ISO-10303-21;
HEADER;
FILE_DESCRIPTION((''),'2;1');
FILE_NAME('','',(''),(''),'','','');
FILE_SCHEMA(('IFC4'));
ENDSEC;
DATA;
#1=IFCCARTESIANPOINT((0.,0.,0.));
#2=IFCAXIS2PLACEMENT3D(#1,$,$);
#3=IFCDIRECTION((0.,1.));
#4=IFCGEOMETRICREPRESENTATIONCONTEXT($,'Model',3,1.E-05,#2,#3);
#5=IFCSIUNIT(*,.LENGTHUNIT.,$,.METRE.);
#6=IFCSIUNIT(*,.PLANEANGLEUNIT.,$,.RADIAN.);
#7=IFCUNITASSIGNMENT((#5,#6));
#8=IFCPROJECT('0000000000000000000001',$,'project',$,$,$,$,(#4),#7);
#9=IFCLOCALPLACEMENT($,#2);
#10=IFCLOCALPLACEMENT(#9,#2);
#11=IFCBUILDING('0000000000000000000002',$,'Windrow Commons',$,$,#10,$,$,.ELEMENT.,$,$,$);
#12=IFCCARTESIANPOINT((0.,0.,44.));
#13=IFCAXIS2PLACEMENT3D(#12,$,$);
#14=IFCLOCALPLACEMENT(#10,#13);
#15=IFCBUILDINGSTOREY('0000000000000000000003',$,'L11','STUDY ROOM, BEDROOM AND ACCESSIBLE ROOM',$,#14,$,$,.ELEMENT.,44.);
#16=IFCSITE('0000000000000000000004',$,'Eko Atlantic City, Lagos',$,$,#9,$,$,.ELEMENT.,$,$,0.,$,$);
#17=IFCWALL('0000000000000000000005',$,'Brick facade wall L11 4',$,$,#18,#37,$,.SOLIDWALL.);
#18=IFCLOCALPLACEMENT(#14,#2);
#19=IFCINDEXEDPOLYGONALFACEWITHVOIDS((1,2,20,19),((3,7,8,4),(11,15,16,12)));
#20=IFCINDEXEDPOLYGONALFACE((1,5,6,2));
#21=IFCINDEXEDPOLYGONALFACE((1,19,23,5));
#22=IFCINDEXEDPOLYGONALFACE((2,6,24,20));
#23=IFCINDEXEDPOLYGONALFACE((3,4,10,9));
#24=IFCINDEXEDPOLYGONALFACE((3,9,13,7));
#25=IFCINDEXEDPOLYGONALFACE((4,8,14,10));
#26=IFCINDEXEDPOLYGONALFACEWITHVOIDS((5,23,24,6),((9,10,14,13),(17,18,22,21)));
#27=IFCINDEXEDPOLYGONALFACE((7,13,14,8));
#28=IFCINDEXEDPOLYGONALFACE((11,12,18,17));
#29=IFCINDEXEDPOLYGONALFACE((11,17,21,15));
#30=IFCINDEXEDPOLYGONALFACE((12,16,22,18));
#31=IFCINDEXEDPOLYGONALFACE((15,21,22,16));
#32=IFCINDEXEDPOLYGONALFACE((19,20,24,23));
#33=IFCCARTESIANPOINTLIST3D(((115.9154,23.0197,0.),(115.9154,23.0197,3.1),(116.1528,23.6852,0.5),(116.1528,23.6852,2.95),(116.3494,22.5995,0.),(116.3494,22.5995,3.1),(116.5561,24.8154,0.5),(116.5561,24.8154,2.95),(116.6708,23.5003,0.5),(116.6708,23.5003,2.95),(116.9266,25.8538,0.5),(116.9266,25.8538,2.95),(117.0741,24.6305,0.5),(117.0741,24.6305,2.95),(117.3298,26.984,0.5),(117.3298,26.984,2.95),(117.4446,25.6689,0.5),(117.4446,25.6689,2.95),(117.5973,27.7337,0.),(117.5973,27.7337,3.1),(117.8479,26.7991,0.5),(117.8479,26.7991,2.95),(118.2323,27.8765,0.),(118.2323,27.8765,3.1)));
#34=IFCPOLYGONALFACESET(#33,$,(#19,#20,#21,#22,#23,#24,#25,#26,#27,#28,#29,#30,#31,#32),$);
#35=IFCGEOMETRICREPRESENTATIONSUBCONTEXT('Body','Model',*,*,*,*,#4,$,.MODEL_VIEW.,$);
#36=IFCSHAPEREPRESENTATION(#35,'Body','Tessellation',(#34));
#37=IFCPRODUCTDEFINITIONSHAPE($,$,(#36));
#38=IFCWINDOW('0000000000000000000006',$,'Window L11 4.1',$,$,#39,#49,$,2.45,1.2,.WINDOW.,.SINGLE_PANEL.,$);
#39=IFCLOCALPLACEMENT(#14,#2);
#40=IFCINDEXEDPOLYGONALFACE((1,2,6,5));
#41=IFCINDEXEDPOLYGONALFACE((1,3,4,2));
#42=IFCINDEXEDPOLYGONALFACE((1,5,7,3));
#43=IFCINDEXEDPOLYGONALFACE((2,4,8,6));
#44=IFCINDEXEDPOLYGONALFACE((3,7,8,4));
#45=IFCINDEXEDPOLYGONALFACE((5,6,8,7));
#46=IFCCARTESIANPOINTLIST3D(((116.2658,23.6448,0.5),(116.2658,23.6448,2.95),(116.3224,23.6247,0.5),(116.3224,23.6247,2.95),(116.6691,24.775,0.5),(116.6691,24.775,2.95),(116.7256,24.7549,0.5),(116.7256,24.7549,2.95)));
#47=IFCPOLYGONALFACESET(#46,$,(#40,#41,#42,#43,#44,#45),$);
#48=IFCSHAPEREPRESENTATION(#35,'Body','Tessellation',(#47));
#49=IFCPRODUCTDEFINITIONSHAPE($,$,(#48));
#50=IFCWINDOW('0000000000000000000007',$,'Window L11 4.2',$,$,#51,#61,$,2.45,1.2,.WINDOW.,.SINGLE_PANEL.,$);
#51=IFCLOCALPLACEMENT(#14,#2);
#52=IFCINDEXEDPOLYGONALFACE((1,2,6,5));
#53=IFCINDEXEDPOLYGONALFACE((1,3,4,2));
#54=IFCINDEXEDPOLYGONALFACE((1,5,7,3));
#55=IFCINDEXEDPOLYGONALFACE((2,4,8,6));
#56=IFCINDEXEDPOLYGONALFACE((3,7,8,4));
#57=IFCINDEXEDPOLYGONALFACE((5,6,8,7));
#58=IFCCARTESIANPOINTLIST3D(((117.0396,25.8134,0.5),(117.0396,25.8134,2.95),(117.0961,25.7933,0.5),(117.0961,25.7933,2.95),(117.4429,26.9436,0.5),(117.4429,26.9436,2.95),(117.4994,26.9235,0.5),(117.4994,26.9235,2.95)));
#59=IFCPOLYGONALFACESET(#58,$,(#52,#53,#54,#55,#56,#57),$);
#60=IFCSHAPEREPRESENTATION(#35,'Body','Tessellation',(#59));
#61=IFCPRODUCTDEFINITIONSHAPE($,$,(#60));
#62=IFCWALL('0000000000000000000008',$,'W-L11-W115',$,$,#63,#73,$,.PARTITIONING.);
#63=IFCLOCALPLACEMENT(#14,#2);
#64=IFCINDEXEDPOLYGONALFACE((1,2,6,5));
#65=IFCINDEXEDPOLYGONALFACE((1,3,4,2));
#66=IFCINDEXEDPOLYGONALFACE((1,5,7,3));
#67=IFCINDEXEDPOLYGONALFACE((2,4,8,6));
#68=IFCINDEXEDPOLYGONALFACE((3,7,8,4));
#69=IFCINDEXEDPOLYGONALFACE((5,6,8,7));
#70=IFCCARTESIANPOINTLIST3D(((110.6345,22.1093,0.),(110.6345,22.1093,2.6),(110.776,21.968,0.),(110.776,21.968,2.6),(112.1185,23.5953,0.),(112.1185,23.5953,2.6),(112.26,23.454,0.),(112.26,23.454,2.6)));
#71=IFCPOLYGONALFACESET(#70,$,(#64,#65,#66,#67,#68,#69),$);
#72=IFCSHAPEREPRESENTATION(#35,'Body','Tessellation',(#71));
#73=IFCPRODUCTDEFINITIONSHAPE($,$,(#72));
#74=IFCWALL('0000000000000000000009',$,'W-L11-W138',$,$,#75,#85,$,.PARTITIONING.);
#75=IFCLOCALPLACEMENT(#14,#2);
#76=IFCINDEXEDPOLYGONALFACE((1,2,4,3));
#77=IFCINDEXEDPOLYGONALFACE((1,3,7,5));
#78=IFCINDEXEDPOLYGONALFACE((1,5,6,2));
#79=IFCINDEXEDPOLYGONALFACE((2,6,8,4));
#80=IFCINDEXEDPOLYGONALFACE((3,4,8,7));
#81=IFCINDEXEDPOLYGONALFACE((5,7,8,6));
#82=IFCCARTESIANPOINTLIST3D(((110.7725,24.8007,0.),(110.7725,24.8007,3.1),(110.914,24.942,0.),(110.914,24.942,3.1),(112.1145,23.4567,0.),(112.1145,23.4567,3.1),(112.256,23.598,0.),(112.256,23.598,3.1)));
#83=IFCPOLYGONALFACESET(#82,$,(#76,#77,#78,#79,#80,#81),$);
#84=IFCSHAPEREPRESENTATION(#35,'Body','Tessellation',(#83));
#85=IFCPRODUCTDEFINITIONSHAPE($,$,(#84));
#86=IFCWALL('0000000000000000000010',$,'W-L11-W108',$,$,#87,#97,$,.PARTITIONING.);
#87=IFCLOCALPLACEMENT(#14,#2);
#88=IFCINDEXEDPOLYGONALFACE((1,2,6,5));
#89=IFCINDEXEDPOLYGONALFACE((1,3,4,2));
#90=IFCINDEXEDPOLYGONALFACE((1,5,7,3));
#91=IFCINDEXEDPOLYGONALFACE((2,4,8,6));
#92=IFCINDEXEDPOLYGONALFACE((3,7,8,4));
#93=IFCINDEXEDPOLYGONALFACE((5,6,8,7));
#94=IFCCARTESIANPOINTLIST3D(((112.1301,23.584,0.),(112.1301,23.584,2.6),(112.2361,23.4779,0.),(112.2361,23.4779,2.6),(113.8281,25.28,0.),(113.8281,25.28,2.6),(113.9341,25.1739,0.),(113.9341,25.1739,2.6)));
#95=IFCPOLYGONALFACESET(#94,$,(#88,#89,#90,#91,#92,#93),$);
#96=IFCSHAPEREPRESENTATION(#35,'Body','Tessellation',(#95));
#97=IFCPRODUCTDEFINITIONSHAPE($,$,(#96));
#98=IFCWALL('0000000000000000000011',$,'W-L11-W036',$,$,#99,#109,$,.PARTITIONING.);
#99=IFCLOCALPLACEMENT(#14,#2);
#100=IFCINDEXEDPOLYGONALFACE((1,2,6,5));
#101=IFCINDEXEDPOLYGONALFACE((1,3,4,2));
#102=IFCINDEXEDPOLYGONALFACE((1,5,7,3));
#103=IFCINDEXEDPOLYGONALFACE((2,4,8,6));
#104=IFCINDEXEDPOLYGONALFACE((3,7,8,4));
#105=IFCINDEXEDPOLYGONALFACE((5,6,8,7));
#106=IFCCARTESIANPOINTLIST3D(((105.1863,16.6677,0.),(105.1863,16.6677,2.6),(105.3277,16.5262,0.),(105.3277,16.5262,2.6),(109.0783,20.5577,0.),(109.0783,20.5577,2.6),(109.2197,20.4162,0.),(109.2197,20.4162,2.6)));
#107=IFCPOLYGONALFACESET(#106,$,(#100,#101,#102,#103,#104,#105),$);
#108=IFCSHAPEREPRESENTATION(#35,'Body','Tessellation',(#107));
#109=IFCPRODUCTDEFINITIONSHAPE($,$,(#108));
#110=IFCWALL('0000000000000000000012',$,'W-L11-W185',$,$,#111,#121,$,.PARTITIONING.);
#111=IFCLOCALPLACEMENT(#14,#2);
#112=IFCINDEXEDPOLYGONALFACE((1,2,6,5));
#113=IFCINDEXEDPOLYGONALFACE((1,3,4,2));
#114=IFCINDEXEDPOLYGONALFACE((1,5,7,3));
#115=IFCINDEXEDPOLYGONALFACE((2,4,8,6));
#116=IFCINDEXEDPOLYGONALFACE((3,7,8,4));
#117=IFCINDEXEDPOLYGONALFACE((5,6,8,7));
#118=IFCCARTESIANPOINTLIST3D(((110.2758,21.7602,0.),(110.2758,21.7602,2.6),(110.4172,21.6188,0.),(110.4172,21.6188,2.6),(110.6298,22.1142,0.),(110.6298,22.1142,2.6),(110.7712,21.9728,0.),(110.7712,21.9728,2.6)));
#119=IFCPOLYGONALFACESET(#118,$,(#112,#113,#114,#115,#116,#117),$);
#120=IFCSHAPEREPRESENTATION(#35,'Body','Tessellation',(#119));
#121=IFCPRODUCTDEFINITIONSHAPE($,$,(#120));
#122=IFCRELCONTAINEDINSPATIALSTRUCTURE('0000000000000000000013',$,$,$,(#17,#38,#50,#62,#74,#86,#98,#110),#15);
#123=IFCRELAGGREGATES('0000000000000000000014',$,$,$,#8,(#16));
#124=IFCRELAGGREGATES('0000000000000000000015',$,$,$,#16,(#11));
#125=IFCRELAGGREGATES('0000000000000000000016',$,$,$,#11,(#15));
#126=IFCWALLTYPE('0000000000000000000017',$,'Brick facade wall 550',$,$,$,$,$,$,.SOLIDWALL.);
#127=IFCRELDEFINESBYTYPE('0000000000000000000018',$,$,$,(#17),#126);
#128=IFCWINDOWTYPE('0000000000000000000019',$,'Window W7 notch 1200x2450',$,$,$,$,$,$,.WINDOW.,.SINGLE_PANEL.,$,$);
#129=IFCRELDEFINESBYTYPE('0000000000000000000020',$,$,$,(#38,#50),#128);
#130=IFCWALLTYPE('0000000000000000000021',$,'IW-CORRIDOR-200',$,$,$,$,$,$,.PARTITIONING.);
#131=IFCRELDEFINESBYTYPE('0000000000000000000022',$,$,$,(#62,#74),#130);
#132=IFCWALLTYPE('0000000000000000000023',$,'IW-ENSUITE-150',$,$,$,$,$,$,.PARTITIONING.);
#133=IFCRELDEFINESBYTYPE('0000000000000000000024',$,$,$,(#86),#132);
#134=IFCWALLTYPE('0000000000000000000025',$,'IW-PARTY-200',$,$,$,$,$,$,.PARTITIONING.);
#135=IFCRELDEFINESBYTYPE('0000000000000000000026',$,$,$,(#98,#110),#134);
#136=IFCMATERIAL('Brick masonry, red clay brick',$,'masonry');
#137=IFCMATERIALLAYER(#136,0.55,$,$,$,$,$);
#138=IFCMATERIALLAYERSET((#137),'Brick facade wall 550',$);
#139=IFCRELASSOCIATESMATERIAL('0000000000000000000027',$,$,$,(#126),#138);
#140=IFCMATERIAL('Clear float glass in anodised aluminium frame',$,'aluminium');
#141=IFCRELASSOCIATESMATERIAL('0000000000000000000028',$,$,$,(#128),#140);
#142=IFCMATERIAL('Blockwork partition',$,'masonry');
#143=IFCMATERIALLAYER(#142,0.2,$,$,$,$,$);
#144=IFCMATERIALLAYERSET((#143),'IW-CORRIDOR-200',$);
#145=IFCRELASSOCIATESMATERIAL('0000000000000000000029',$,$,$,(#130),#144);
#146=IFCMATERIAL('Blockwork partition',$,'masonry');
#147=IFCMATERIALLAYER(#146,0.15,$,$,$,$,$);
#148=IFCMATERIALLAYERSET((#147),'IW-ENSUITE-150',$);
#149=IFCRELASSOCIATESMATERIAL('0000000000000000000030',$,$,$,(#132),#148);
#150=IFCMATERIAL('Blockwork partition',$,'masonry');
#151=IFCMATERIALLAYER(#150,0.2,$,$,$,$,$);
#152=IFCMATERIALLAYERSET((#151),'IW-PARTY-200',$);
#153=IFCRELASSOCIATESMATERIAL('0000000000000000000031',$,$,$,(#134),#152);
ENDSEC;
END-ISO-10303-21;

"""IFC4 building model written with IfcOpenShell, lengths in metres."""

from ifc_helpers import new_model, si_unit, direction, frame, frame_2d, origin, place, context, subcontext, project, spatial, polyline, rectangle, outline, extrude, material, layer, layer_set, type_object, element, fill, save


model = new_model("IFC4")

# Units and contexts
model_context = context("Model", 3, precision=1e-05, world=origin(), true_north=direction((0.0, 1.0)))
body_context = subcontext(model_context, "Body", "Model", "MODEL_VIEW")
ifc_project = project(units=[si_unit("LENGTHUNIT", "METRE"), si_unit("PLANEANGLEUNIT", "RADIAN")], contexts=[model_context])

# Site, building, storey
site_placement = place(None, origin())
site = spatial("IfcSite", under=ifc_project, at=site_placement, Name="Eko Atlantic City, Lagos", CompositionType="ELEMENT", RefElevation=0.0)
building_placement = place(site_placement, origin())
building = spatial("IfcBuilding", under=site, at=building_placement, Name="Windrow Commons", CompositionType="ELEMENT")
storey_placement = place(building_placement, frame((0.0, 0.0, 44.0)))
storey = spatial("IfcBuildingStorey", under=building, at=storey_placement, Name="L11", Description="STUDY ROOM, BEDROOM AND ACCESSIBLE ROOM", CompositionType="ELEMENT", Elevation=44.0)

# Shared definitions
ifc_material_1 = material(Name="Brick masonry, red clay brick", Category="masonry")
ifc_layer_1 = layer(ifc_material_1, 0.55)
ifc_layer_set_1 = layer_set([ifc_layer_1], Name="Brick facade wall 550")
wall_type_1 = type_object("IfcWallType", Name="Brick facade wall 550", PredefinedType="SOLIDWALL", material=ifc_layer_set_1)

# Shared definitions
ifc_material_2 = material(Name="Clear float glass in anodised aluminium frame", Category="aluminium")
window_type_1 = type_object("IfcWindowType", Name="Window W7 notch 1200x2450", PartitioningType="SINGLE_PANEL", PredefinedType="WINDOW", material=ifc_material_2)

# Wall, openings, windows
wall_1_placement = place(storey_placement, frame((116.1324, 22.8096, 0.0), z_axis=(0.0, 0.0, 1.0), x_axis=(0.336051, 0.941844, 0.0)))
wall_1 = element("IfcWall", 1, at=wall_1_placement, inside=storey, type_object=wall_type_1, Name="Brick facade wall L11 4", PredefinedType="SOLIDWALL", context=body_context, shape_type="SweptSolid", body=[
    extrude(outline(polyline([(-0.1249, -0.275), (5.4779, -0.275), (5.13, 0.275), (0.1249, 0.275), (-0.1249, -0.275)])), origin(), (0.0, 0.0, 1.0), 3.1),
])
opening_1_placement = place(wall_1_placement, frame((0.8315, 0.0, 0.5)))
opening_1 = element("IfcOpeningElement", 2, at=opening_1_placement, cuts=wall_1, PredefinedType="OPENING", context=body_context, shape_type="SweptSolid", body=[
    extrude(rectangle(XDim=1.2, YDim=2.45, at=frame_2d((0.6, 1.225))), frame((0.0, 0.285, 0.0), z_axis=(0.0, -1.0, 0.0), x_axis=(1.0, 0.0, 0.0)), (0.0, 0.0, 1.0), 0.57),
])
opening_2_placement = place(wall_1_placement, frame((3.134, 0.0, 0.5)))
opening_2 = element("IfcOpeningElement", 3, at=opening_2_placement, cuts=wall_1, PredefinedType="OPENING", context=body_context, shape_type="SweptSolid", body=[
    extrude(rectangle(XDim=1.2, YDim=2.45, at=frame_2d((0.6, 1.225))), frame((0.0, 0.285, 0.0), z_axis=(0.0, -1.0, 0.0), x_axis=(1.0, 0.0, 0.0)), (0.0, 0.0, 1.0), 0.57),
])
window_1_placement = place(opening_1_placement, origin())
window_1 = element("IfcWindow", 4, at=window_1_placement, inside=storey, type_object=window_type_1, Name="Window L11 4.1", OverallHeight=2.45, OverallWidth=1.2, PartitioningType="SINGLE_PANEL", PredefinedType="WINDOW", context=body_context, shape_type="SweptSolid", body=[
    extrude(rectangle(XDim=1.2, YDim=2.45, at=frame_2d((0.6, 1.225))), frame((0.0, 0.155, 0.0), z_axis=(0.0, -1.0, 0.0), x_axis=(1.0, 0.0, 0.0)), (0.0, 0.0, 1.0), 0.06),
])
fill(opening_1, window_1)
window_2_placement = place(opening_2_placement, origin())
window_2 = element("IfcWindow", 5, at=window_2_placement, inside=storey, type_object=window_type_1, Name="Window L11 4.2", OverallHeight=2.45, OverallWidth=1.2, PartitioningType="SINGLE_PANEL", PredefinedType="WINDOW", context=body_context, shape_type="SweptSolid", body=[
    extrude(rectangle(XDim=1.2, YDim=2.45, at=frame_2d((0.6, 1.225))), frame((0.0, 0.155, 0.0), z_axis=(0.0, -1.0, 0.0), x_axis=(1.0, 0.0, 0.0)), (0.0, 0.0, 1.0), 0.06),
])
fill(opening_2, window_2)

# Walls
ifc_material_3 = material(Name="Blockwork partition", Category="masonry")
ifc_layer_2 = layer(ifc_material_3, 0.2)
ifc_layer_set_2 = layer_set([ifc_layer_2], Name="IW-CORRIDOR-200")
wall_type_2 = type_object("IfcWallType", Name="IW-CORRIDOR-200", PredefinedType="PARTITIONING", material=ifc_layer_set_2)
wall_2_placement = place(storey_placement, frame((110.7053, 22.0387, 0.0), z_axis=(0.0, 0.0, 1.0), x_axis=(0.70663, 0.707583, 0.0)))
element("IfcWall", 6, at=wall_2_placement, inside=storey, type_object=wall_type_2, Name="W-L11-W115", PredefinedType="PARTITIONING", context=body_context, shape_type="SweptSolid", body=[
    extrude(rectangle(XDim=2.1001, YDim=0.2, at=frame_2d((1.05, 0.0))), origin(), (0.0, 0.0, 1.0), 2.6),
])
wall_3_placement = place(storey_placement, frame((110.8433, 24.8713, 0.0), z_axis=(0.0, 0.0, 1.0), x_axis=(0.70658, -0.707633, 0.0)))
element("IfcWall", 7, at=wall_3_placement, inside=storey, type_object=wall_type_2, Name="W-L11-W138", PredefinedType="PARTITIONING", context=body_context, shape_type="SweptSolid", body=[
    extrude(rectangle(XDim=1.8993, YDim=0.2, at=frame_2d((0.9496, 0.0))), origin(), (0.0, 0.0, 1.0), 3.1),
])
ifc_material_4 = material(Name="Blockwork partition", Category="masonry")
ifc_layer_3 = layer(ifc_material_4, 0.15)
ifc_layer_set_3 = layer_set([ifc_layer_3], Name="IW-ENSUITE-150")
wall_type_3 = type_object("IfcWallType", Name="IW-ENSUITE-150", PredefinedType="PARTITIONING", material=ifc_layer_set_3)
wall_4_placement = place(storey_placement, frame((112.1831, 23.5309, 0.0), z_axis=(0.0, 0.0, 1.0), x_axis=(0.707523, 0.70669, 0.0)))
element("IfcWall", 8, at=wall_4_placement, inside=storey, type_object=wall_type_3, Name="W-L11-W108", PredefinedType="PARTITIONING", context=body_context, shape_type="SweptSolid", body=[
    extrude(rectangle(XDim=2.3999, YDim=0.15, at=frame_2d((1.2, 0.0))), origin(), (0.0, 0.0, 1.0), 2.6),
])
ifc_material_5 = material(Name="Blockwork partition", Category="masonry")
ifc_layer_4 = layer(ifc_material_5, 0.2)
ifc_layer_set_4 = layer_set([ifc_layer_4], Name="IW-PARTY-200")
wall_type_4 = type_object("IfcWallType", Name="IW-PARTY-200", PredefinedType="PARTITIONING", material=ifc_layer_set_4)
wall_5_placement = place(storey_placement, frame((105.257, 16.597, 0.0), z_axis=(0.0, 0.0, 1.0), x_axis=(0.707288, 0.706925, 0.0)))
element("IfcWall", 9, at=wall_5_placement, inside=storey, type_object=wall_type_4, Name="W-L11-W036", PredefinedType="PARTITIONING", context=body_context, shape_type="SweptSolid", body=[
    extrude(rectangle(XDim=5.5027, YDim=0.2, at=frame_2d((2.7513, 0.0))), origin(), (0.0, 0.0, 1.0), 2.6),
])
wall_6_placement = place(storey_placement, frame((110.3465, 21.6895, 0.0), z_axis=(0.0, 0.0, 1.0), x_axis=(0.707107, 0.707107, 0.0)))
element("IfcWall", 10, at=wall_6_placement, inside=storey, type_object=wall_type_4, Name="W-L11-W185", PredefinedType="PARTITIONING", context=body_context, shape_type="SweptSolid", body=[
    extrude(rectangle(XDim=0.5006, YDim=0.2, at=frame_2d((0.2503, 0.0))), origin(), (0.0, 0.0, 1.0), 2.6),
])

save(model, "model.ifc")
